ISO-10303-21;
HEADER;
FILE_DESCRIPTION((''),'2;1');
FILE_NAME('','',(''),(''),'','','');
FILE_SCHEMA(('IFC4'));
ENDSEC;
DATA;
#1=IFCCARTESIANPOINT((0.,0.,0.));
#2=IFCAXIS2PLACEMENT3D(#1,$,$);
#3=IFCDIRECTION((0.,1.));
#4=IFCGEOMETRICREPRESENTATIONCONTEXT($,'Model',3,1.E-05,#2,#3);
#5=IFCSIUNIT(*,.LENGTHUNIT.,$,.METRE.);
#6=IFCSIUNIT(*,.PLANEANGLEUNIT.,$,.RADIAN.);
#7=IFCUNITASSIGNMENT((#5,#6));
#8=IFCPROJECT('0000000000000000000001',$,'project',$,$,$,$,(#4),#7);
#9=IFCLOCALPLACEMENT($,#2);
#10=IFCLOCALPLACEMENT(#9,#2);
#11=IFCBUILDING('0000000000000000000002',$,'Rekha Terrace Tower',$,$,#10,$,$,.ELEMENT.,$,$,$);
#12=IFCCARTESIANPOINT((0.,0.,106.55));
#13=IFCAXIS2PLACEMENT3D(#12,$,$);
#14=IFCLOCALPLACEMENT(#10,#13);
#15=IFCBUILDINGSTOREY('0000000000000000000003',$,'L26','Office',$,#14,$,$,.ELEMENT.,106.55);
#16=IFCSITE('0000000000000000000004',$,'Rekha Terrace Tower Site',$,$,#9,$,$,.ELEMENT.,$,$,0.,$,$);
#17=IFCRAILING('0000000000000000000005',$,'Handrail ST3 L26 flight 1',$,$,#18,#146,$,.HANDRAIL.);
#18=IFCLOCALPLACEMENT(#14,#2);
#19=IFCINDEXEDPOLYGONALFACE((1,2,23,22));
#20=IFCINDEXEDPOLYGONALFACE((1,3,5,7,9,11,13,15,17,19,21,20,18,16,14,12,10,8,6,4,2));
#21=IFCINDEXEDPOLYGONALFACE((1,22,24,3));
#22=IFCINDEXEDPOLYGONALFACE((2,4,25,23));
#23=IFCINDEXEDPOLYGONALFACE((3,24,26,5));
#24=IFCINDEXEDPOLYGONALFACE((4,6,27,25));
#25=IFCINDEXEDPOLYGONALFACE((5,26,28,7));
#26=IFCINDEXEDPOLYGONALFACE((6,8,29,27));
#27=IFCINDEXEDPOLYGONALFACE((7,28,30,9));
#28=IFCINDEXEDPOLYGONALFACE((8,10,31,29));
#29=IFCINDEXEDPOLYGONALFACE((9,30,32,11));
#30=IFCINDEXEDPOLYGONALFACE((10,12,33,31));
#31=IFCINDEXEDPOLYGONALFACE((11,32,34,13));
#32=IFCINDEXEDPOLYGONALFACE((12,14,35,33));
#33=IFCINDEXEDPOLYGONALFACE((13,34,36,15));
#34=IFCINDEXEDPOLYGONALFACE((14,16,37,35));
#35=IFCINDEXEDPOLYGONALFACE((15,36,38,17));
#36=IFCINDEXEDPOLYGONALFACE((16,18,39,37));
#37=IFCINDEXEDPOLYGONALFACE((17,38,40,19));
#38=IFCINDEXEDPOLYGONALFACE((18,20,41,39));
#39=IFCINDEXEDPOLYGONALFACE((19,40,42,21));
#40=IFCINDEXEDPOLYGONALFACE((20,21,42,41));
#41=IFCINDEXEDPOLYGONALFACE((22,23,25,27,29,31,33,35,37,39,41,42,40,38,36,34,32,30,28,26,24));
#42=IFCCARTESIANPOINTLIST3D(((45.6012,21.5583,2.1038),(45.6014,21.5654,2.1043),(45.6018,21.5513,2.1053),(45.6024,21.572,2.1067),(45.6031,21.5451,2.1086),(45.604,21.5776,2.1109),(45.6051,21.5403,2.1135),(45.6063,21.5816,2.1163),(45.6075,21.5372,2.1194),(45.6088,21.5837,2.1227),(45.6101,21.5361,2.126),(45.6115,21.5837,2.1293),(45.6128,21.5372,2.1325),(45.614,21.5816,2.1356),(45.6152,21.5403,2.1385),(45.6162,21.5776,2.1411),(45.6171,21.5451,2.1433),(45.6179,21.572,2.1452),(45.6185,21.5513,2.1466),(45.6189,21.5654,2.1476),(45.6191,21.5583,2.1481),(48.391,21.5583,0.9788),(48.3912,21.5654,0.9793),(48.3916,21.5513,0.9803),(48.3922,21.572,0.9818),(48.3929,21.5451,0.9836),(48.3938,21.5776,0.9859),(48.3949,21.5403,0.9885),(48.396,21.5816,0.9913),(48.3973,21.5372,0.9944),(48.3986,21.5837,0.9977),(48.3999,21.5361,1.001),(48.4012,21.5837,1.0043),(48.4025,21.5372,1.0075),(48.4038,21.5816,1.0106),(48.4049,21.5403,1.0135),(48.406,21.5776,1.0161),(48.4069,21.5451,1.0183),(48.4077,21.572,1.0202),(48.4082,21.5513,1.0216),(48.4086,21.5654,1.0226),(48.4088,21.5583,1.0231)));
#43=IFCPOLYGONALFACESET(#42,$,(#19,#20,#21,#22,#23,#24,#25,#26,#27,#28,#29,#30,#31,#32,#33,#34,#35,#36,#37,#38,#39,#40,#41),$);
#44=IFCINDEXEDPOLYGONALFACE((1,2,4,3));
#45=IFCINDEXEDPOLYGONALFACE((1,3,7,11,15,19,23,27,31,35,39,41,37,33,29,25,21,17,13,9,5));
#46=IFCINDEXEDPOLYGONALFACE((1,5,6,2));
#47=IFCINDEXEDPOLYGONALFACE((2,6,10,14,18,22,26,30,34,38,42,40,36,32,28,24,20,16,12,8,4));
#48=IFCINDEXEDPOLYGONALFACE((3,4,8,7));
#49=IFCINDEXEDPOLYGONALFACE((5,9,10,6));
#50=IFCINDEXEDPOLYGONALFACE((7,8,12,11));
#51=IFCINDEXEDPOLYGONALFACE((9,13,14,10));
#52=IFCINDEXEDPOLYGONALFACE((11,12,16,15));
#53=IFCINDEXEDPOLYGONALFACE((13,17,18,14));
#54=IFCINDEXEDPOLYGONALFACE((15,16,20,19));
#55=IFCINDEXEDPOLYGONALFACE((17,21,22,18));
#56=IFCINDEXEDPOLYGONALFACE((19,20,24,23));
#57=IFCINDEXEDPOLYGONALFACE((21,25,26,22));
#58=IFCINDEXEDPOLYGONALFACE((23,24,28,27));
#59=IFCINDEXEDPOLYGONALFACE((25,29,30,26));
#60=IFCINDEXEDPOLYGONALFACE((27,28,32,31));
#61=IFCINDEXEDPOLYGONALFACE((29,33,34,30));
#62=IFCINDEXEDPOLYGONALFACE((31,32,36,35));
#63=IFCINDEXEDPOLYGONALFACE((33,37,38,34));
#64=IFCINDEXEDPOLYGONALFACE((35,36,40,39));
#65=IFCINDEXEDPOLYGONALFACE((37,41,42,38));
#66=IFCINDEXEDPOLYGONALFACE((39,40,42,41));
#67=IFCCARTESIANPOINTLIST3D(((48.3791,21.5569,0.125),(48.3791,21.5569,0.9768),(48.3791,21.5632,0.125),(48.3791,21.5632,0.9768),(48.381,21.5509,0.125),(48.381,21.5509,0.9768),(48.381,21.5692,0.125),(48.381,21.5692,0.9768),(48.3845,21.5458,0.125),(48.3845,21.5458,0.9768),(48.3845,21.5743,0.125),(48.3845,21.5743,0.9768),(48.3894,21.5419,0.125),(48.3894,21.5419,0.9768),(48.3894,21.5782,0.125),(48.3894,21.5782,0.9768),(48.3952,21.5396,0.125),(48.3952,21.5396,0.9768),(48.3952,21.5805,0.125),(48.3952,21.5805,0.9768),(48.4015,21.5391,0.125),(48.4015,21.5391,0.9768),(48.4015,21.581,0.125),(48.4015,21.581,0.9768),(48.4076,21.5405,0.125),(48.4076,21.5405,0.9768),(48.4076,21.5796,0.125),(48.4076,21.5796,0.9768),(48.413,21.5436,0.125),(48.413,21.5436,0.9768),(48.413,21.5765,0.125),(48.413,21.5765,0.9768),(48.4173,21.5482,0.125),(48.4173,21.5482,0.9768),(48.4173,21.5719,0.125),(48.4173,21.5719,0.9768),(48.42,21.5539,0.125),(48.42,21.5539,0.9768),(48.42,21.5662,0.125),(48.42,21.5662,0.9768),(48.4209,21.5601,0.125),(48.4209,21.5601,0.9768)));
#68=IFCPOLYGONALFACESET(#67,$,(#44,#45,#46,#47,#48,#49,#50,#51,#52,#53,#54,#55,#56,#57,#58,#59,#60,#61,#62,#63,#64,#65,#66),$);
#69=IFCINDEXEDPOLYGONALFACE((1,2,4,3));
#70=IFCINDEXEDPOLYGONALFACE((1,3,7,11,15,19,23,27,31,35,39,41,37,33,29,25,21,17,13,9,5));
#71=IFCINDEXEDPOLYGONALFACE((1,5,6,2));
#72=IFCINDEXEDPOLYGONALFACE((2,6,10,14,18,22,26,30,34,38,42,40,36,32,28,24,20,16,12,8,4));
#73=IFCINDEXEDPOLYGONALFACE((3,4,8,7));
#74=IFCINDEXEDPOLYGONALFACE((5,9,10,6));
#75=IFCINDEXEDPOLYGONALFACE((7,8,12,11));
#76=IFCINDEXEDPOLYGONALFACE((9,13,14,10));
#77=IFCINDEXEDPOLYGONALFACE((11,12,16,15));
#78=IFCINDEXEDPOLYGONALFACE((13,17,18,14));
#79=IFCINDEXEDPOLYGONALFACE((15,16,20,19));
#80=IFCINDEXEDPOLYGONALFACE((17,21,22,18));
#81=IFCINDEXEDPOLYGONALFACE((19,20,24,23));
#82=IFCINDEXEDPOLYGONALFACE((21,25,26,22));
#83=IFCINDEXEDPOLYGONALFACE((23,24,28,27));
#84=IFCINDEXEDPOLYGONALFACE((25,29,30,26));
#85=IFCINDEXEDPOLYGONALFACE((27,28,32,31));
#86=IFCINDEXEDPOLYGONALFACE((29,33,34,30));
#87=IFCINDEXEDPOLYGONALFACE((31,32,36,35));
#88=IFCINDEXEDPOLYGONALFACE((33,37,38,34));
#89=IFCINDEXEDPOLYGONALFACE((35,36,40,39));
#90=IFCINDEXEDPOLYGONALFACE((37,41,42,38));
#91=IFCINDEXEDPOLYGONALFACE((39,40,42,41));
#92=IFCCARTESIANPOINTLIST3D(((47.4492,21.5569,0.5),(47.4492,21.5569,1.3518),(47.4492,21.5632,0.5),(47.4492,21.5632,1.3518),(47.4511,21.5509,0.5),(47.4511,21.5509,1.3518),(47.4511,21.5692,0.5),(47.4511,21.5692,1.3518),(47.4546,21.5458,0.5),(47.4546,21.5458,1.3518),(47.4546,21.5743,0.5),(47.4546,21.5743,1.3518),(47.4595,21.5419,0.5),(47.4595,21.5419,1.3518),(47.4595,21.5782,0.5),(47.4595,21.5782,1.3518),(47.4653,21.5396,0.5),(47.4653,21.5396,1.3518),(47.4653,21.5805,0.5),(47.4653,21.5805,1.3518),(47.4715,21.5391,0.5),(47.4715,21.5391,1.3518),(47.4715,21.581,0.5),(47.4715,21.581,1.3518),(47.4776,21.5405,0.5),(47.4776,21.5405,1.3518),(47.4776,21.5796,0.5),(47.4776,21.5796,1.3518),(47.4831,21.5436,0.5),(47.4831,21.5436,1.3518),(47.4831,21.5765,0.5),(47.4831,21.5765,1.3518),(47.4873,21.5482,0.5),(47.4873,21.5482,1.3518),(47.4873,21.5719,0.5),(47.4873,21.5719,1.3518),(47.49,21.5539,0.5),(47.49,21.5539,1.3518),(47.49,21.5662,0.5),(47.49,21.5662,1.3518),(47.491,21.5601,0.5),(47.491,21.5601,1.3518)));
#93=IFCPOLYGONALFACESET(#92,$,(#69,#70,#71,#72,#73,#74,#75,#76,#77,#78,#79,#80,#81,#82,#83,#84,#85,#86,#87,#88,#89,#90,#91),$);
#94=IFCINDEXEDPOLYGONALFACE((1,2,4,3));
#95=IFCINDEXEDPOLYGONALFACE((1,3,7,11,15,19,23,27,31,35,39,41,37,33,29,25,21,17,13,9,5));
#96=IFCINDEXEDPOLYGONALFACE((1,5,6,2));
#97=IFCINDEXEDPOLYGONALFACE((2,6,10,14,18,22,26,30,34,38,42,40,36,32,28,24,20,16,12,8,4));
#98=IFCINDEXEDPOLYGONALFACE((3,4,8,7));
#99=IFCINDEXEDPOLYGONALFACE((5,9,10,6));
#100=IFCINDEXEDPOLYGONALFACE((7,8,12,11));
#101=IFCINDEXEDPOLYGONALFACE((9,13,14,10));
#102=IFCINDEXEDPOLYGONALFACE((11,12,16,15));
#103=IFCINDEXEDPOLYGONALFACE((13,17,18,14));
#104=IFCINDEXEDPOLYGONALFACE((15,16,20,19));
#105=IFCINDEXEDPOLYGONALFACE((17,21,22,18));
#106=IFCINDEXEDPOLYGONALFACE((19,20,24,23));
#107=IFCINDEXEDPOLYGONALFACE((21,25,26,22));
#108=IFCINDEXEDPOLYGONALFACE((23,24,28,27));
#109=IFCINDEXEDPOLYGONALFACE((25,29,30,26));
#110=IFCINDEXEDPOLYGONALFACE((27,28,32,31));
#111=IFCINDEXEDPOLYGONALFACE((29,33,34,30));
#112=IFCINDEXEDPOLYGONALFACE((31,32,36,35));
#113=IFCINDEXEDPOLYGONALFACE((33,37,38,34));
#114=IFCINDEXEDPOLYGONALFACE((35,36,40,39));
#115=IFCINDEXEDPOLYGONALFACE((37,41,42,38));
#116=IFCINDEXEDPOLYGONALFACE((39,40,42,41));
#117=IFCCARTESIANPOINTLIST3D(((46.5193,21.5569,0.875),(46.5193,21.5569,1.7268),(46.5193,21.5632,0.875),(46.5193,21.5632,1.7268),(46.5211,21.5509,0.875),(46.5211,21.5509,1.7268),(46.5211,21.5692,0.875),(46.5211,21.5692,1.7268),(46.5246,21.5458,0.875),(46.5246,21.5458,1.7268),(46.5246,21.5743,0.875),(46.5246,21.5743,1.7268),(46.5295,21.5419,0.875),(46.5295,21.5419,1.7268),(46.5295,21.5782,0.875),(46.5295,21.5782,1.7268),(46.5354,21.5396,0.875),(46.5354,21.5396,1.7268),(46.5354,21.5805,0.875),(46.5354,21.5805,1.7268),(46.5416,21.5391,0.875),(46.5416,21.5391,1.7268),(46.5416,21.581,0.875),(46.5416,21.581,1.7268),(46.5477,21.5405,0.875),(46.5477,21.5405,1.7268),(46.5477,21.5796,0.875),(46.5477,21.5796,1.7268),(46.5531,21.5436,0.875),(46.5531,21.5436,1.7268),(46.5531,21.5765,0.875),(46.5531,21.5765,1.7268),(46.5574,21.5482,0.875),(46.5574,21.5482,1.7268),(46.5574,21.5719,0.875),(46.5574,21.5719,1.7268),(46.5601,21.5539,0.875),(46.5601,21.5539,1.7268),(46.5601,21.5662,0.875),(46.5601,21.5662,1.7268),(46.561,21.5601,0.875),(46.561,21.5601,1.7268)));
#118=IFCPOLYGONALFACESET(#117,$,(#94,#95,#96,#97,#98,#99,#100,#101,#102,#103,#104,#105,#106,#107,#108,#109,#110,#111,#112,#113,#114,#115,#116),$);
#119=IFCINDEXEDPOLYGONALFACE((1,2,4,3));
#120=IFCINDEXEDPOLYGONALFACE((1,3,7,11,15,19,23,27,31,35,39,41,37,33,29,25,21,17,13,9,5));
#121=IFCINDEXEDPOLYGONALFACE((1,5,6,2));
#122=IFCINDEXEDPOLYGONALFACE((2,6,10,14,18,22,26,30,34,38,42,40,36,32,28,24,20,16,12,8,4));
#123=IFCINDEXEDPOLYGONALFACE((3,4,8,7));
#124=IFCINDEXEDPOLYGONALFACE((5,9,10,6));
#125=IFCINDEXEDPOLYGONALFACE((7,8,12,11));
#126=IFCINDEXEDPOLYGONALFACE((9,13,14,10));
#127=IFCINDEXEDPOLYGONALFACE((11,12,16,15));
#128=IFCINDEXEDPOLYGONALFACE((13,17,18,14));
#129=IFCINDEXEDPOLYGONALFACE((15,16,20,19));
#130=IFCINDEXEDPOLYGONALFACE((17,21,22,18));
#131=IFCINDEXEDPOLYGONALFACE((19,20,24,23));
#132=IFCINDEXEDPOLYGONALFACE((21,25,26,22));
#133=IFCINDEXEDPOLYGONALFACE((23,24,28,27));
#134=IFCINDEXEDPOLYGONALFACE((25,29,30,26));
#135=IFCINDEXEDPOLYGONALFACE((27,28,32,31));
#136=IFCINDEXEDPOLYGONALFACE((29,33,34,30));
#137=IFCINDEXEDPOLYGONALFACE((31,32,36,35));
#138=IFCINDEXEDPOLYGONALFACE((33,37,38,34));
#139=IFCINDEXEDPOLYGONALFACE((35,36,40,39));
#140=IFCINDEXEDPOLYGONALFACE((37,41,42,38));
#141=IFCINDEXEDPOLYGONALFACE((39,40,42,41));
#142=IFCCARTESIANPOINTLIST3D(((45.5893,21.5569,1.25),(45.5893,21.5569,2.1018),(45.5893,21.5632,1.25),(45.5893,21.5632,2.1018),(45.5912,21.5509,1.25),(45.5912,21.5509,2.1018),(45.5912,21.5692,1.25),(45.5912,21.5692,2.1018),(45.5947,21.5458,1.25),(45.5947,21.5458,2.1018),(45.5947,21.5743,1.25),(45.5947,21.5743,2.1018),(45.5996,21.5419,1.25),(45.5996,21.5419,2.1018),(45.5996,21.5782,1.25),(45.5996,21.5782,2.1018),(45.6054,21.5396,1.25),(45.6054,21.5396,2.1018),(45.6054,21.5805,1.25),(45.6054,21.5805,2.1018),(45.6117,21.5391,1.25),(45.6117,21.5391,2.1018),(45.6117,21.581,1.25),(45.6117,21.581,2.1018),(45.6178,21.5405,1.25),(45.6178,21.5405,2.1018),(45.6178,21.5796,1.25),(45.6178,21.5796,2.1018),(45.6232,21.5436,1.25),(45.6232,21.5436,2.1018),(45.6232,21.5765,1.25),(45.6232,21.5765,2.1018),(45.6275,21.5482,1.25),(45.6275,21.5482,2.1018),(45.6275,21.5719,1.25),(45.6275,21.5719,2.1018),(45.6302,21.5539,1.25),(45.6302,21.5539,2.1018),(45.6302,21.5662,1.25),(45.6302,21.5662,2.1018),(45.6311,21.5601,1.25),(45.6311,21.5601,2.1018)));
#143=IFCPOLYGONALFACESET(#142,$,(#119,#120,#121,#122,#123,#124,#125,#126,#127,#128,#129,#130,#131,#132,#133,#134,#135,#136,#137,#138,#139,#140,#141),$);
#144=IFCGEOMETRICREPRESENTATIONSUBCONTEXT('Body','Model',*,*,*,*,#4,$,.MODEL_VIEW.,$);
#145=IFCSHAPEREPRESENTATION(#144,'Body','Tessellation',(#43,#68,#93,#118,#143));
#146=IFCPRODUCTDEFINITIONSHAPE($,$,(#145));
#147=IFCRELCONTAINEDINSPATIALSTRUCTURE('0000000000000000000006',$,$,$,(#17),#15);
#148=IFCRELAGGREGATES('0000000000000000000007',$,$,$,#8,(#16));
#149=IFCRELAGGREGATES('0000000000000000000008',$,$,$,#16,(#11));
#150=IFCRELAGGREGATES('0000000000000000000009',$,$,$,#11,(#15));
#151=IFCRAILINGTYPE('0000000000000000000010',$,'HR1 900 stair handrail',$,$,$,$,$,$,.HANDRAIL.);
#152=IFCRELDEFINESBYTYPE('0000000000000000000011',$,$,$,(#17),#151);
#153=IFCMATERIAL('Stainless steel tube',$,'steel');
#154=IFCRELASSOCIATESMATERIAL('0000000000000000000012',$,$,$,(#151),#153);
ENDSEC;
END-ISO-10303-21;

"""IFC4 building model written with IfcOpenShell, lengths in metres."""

from ifc_helpers import new_model, si_unit, direction, frame, origin, origin_2d, place, context, subcontext, project, spatial, circle, extrude, material, type_object, element, save


model = new_model("IFC4")

# Units and contexts
model_context = context("Model", 3, precision=1e-05, world=origin(), true_north=direction((0.0, 1.0)))
body_context = subcontext(model_context, "Body", "Model", "MODEL_VIEW")
ifc_project = project(units=[si_unit("LENGTHUNIT", "METRE"), si_unit("PLANEANGLEUNIT", "RADIAN")], contexts=[model_context])

# Site, building, storey
site_placement = place(None, origin())
site = spatial("IfcSite", under=ifc_project, at=site_placement, Name="Rekha Terrace Tower Site", CompositionType="ELEMENT", RefElevation=0.0)
building_placement = place(site_placement, origin())
building = spatial("IfcBuilding", under=site, at=building_placement, Name="Rekha Terrace Tower", CompositionType="ELEMENT")
storey_placement = place(building_placement, frame((0.0, 0.0, 106.55)))
storey = spatial("IfcBuildingStorey", under=building, at=storey_placement, Name="L26", Description="Office", CompositionType="ELEMENT", Elevation=106.55)

# Railing
ifc_material_1 = material(Name="Stainless steel tube", Category="steel")
railing_type_1 = type_object("IfcRailingType", Name="HR1 900 stair handrail", PredefinedType="HANDRAIL", material=ifc_material_1)
railing_1_placement = place(storey_placement, frame((48.3999, 21.5601, 0.125)))
element("IfcRailing", 1, at=railing_1_placement, inside=storey, type_object=railing_type_1, Name="Handrail ST3 L26 flight 1", PredefinedType="HANDRAIL", context=body_context, shape_type="SweptSolid", body=[
    extrude(circle(Radius=0.0239, at=origin_2d()), frame((0.0, 0.0, 0.876), z_axis=(-0.927432, 0.0, 0.373992), x_axis=(0.0, -1.0, 0.0)), (0.0, 0.0, 1.0), 3.0081),
    extrude(circle(Radius=0.021, at=origin_2d()), origin(), (0.0, 0.0, 1.0), 0.8518),
    extrude(circle(Radius=0.021, at=origin_2d()), frame((-0.9299, 0.0, 0.375)), (0.0, 0.0, 1.0), 0.8518),
    extrude(circle(Radius=0.021, at=origin_2d()), frame((-1.8599, 0.0, 0.75)), (0.0, 0.0, 1.0), 0.8518),
    extrude(circle(Radius=0.021, at=origin_2d()), frame((-2.7898, 0.0, 1.125)), (0.0, 0.0, 1.0), 0.8518),
])

save(model, "model.ifc")
